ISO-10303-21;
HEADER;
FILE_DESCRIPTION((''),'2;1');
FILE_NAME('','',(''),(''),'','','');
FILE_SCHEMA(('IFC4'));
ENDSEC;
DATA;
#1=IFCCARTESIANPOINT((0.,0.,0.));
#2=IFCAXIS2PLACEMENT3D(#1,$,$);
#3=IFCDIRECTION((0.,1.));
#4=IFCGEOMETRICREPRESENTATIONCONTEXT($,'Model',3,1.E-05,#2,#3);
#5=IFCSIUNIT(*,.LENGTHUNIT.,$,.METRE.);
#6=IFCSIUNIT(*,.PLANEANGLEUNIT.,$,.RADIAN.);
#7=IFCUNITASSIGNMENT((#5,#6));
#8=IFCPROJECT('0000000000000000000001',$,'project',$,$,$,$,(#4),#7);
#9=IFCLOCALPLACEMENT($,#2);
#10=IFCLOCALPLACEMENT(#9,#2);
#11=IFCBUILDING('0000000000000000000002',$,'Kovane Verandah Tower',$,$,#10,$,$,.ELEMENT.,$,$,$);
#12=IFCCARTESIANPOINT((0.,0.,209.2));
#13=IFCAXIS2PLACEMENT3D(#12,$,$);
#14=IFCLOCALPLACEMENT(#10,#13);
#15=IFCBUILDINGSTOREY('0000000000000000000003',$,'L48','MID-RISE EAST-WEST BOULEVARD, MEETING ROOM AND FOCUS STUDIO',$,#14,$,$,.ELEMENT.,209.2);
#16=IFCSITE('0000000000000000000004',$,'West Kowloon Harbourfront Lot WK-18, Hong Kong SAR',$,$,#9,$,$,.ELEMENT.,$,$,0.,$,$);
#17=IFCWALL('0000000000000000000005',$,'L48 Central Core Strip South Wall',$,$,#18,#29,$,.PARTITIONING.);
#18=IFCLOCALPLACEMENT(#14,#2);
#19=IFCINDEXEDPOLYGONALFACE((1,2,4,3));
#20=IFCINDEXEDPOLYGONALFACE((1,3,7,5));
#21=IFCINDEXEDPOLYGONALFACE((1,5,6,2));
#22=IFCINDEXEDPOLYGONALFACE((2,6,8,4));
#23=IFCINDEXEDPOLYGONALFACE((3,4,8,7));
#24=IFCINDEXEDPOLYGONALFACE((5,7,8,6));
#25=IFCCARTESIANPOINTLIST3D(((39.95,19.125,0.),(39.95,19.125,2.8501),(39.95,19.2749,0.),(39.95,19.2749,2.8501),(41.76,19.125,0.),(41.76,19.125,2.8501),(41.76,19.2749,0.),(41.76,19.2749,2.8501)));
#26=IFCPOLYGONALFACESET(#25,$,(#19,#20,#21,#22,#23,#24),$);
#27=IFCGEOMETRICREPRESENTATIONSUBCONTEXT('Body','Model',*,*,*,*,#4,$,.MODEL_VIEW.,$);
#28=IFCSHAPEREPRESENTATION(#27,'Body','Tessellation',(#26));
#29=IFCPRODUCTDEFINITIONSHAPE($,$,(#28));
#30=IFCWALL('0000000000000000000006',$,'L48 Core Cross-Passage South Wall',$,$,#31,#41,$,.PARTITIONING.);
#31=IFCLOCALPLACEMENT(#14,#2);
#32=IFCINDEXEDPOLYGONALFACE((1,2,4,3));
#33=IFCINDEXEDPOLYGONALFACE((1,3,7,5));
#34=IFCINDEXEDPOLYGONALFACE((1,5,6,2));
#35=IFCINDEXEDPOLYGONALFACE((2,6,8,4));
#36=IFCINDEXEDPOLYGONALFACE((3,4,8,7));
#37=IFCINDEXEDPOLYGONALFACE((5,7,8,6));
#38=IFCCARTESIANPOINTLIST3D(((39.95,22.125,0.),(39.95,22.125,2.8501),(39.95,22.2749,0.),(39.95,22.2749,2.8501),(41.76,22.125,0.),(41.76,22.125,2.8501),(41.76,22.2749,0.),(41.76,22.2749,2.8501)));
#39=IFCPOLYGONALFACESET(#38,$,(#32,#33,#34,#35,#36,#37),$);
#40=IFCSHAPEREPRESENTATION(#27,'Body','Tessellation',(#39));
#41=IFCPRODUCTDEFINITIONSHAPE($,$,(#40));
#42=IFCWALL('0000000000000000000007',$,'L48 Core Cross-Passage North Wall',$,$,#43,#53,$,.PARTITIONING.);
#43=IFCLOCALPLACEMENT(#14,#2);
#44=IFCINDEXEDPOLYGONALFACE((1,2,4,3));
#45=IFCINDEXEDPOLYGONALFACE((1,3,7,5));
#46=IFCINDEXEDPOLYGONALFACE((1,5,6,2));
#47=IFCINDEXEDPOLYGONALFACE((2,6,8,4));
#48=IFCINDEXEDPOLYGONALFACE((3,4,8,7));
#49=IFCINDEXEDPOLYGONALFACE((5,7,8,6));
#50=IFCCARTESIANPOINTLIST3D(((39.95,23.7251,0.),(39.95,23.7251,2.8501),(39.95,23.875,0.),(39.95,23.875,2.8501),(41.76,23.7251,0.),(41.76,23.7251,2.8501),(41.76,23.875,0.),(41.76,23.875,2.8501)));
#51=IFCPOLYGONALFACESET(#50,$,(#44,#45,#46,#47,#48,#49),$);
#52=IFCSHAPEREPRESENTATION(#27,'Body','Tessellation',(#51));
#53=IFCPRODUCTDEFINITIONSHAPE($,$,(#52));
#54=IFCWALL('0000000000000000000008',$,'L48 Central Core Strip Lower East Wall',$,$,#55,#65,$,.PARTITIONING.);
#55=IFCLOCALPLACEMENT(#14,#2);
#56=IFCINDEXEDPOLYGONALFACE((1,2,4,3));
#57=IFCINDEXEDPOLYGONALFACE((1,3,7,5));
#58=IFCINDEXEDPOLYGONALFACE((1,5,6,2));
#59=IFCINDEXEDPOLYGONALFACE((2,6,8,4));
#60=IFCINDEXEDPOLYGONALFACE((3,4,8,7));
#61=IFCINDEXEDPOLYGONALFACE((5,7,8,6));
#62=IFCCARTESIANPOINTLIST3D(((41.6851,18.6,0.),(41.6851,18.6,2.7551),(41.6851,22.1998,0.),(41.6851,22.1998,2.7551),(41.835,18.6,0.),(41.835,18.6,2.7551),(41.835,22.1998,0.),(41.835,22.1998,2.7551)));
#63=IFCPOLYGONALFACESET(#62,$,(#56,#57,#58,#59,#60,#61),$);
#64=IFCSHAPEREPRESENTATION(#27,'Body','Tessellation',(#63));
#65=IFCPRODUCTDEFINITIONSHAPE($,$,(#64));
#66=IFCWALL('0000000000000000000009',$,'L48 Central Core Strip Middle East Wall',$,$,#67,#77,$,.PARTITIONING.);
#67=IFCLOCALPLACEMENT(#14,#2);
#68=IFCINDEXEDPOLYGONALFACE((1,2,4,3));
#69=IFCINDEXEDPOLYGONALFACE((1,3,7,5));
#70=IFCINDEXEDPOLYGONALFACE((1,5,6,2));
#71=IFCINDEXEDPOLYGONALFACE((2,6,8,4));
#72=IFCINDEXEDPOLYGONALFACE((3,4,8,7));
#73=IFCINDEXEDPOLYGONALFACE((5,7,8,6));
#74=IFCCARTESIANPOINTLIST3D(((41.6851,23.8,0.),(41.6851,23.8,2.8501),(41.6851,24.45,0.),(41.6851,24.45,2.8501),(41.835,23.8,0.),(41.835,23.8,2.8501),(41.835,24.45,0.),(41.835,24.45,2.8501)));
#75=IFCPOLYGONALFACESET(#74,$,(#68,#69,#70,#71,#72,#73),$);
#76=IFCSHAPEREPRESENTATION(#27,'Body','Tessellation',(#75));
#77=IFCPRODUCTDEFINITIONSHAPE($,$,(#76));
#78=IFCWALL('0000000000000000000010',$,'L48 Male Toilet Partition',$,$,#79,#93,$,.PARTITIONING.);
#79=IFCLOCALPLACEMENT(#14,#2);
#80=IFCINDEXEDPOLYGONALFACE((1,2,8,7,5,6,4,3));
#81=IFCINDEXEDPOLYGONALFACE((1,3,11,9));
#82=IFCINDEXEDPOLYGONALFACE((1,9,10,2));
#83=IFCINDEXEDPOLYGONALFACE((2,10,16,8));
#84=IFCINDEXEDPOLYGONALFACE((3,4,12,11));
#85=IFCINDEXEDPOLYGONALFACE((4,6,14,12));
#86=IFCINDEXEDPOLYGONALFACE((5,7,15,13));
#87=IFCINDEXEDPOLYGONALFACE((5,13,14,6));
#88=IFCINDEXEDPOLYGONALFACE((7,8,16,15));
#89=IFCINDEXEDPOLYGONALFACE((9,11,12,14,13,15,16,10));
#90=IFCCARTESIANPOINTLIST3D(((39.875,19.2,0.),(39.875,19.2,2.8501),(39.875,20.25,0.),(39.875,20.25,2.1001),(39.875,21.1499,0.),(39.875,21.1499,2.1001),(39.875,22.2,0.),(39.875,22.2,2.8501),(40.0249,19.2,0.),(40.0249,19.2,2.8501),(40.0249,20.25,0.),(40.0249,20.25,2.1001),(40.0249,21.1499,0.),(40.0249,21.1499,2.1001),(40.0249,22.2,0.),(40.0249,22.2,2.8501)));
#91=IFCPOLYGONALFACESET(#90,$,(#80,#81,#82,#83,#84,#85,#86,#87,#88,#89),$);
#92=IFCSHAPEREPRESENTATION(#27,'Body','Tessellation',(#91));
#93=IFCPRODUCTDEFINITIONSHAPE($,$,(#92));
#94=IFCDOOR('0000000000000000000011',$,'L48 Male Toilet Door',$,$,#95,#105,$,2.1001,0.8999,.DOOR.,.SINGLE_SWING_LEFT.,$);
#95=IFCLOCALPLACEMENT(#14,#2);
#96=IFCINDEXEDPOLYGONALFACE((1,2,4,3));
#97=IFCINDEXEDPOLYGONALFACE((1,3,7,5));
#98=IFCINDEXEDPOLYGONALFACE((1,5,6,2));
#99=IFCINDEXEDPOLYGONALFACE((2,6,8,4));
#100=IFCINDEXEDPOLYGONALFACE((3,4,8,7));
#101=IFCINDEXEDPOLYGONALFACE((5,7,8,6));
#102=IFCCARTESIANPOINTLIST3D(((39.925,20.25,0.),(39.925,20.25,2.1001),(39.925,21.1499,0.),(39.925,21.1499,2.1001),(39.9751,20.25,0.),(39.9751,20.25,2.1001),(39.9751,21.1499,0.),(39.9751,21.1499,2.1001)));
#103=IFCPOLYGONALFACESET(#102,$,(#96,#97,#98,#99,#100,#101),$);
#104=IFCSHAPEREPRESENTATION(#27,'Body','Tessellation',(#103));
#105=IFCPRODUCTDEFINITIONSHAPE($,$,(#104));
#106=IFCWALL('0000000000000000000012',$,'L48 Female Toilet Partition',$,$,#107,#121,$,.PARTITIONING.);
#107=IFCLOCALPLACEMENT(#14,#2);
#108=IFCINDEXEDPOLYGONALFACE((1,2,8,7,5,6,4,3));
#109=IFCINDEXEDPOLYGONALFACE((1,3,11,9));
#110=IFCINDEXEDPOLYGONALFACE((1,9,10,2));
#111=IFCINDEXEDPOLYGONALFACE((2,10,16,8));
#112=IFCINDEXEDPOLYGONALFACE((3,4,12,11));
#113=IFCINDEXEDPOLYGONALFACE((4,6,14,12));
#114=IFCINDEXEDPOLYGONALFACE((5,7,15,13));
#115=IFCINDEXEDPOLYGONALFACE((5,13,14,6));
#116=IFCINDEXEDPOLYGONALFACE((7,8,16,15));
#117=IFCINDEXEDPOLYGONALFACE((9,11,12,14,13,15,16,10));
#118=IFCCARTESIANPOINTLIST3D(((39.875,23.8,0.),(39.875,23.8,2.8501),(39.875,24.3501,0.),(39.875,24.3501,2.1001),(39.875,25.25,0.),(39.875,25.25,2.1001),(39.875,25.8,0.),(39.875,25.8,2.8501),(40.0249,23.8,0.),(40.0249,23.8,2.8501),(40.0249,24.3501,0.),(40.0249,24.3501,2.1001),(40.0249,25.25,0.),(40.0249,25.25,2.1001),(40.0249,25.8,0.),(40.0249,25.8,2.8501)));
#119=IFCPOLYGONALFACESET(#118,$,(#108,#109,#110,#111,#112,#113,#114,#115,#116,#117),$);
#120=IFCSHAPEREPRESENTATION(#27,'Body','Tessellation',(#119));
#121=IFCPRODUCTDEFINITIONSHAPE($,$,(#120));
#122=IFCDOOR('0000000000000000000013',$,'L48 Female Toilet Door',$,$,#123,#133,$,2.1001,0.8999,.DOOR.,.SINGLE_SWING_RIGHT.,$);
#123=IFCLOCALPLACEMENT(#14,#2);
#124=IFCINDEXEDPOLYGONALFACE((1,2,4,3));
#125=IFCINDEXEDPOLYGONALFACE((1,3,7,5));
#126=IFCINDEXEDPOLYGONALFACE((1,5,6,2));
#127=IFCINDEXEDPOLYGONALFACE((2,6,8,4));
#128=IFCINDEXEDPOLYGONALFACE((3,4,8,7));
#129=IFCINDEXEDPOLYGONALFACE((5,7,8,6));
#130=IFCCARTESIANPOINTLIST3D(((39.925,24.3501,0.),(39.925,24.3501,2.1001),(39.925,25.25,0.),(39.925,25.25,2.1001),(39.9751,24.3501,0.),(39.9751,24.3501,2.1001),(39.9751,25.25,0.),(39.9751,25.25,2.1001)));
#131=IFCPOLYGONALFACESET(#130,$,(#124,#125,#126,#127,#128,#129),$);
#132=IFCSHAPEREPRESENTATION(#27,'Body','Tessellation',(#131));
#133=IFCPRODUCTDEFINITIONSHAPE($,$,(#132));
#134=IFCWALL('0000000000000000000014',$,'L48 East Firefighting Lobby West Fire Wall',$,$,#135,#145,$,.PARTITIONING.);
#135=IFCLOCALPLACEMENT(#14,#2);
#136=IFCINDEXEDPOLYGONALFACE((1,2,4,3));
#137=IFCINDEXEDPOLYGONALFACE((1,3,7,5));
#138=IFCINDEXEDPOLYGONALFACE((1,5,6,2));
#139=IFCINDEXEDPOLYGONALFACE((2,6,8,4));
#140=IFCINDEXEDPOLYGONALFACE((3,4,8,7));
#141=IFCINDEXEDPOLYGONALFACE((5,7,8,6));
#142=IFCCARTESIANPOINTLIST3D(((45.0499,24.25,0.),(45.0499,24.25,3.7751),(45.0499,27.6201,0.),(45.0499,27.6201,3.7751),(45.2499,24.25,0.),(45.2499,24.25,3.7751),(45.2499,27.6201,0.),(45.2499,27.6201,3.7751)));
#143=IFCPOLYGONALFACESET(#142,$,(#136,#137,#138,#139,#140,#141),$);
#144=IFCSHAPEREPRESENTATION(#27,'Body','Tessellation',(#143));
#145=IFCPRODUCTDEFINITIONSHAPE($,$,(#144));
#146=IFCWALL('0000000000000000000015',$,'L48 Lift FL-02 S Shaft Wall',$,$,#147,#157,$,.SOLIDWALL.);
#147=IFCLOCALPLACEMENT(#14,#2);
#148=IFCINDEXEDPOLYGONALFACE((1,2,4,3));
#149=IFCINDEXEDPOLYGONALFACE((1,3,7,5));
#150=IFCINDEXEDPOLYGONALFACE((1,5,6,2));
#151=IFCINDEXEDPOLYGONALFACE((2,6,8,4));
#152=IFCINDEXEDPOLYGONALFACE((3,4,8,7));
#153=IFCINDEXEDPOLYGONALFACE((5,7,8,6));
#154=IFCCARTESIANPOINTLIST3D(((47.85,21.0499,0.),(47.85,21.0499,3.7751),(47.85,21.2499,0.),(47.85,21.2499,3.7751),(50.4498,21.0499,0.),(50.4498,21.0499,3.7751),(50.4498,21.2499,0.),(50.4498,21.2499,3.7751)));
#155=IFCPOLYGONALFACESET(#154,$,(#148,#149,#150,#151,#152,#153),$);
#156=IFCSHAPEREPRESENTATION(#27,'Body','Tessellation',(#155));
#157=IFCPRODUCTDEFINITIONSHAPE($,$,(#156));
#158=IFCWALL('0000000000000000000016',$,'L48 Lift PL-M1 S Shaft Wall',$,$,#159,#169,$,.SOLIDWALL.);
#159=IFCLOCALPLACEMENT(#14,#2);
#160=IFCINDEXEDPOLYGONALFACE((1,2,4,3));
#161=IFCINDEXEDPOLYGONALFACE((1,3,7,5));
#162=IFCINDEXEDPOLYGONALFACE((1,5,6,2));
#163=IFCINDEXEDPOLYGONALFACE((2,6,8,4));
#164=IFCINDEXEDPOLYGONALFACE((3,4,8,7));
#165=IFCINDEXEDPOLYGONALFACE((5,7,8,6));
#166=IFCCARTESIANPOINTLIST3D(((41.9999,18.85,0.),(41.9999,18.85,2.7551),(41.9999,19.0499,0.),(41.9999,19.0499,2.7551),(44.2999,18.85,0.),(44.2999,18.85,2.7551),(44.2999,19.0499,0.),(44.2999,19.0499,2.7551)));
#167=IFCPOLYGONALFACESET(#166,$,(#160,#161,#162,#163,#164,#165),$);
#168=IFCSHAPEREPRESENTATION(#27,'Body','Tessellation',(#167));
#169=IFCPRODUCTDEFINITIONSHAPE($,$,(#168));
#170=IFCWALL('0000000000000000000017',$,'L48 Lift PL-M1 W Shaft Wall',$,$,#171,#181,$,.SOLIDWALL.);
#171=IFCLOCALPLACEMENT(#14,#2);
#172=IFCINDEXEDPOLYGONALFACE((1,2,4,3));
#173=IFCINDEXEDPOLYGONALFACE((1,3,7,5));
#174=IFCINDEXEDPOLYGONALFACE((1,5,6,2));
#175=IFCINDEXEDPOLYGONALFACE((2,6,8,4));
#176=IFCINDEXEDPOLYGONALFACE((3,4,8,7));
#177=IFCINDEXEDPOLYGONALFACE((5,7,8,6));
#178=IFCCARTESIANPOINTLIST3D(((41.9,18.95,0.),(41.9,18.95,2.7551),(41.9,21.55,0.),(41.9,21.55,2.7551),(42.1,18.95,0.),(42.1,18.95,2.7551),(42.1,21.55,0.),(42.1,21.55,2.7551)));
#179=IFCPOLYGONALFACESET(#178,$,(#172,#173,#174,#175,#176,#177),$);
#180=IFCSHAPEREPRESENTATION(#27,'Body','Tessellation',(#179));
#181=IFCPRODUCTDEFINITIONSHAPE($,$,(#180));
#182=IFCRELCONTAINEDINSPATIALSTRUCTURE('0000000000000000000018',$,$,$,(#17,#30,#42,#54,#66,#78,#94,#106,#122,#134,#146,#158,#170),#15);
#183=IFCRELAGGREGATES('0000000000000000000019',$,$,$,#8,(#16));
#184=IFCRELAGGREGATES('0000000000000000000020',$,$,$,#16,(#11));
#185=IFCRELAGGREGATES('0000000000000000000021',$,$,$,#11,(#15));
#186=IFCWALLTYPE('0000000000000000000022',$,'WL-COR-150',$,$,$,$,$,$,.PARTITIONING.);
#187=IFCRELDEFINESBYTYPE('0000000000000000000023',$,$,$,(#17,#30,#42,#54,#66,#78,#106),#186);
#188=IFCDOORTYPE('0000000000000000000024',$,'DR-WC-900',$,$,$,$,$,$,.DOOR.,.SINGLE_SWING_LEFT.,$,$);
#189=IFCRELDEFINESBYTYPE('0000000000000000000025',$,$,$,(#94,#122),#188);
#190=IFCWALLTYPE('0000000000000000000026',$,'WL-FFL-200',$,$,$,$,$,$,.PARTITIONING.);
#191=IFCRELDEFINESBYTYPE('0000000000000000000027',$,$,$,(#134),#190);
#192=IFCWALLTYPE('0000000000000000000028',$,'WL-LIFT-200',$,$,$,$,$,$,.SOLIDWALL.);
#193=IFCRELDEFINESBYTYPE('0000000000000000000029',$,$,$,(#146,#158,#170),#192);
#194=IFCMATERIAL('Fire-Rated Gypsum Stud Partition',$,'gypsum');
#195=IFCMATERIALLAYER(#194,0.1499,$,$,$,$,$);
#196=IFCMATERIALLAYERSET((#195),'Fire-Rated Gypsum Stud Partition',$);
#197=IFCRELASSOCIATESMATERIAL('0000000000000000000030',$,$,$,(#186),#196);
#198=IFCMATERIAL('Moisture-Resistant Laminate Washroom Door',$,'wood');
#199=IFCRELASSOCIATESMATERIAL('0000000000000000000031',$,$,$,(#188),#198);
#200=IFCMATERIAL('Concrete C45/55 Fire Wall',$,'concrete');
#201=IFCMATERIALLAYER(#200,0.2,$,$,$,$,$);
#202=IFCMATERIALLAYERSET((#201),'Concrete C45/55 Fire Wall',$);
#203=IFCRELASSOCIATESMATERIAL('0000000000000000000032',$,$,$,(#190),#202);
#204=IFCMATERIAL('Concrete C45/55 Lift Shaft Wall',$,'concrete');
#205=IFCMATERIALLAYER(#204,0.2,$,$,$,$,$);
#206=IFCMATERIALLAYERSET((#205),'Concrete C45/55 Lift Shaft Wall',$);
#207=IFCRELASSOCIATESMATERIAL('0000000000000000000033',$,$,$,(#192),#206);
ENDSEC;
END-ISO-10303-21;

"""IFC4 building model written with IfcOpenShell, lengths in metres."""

from ifc_helpers import new_model, si_unit, direction, frame, frame_2d, origin, place, context, subcontext, project, spatial, rectangle, extrude, material, layer, layer_set, type_object, element, fill, save


model = new_model("IFC4")

# Units and contexts
model_context = context("Model", 3, precision=1e-05, world=origin(), true_north=direction((0.0, 1.0)))
body_context = subcontext(model_context, "Body", "Model", "MODEL_VIEW")
ifc_project = project(units=[si_unit("LENGTHUNIT", "METRE"), si_unit("PLANEANGLEUNIT", "RADIAN")], contexts=[model_context])

# Site, building, storey
site_placement = place(None, origin())
site = spatial("IfcSite", under=ifc_project, at=site_placement, Name="West Kowloon Harbourfront Lot WK-18, Hong Kong SAR", CompositionType="ELEMENT", RefElevation=0.0)
building_placement = place(site_placement, origin())
building = spatial("IfcBuilding", under=site, at=building_placement, Name="Kovane Verandah Tower", CompositionType="ELEMENT")
storey_placement = place(building_placement, frame((0.0, 0.0, 209.2)))
storey = spatial("IfcBuildingStorey", under=building, at=storey_placement, Name="L48", Description="MID-RISE EAST-WEST BOULEVARD, MEETING ROOM AND FOCUS STUDIO", CompositionType="ELEMENT", Elevation=209.2)

# Walls
ifc_material_1 = material(Name="Fire-Rated Gypsum Stud Partition", Category="gypsum")
ifc_layer_1 = layer(ifc_material_1, 0.1499)
ifc_layer_set_1 = layer_set([ifc_layer_1], Name="Fire-Rated Gypsum Stud Partition")
wall_type_1 = type_object("IfcWallType", Name="WL-COR-150", PredefinedType="PARTITIONING", material=ifc_layer_set_1)
for number, where, z_axis, x_axis, name in (
    (1, (39.95, 19.2, 0.0), (0.0, 0.0, 1.0), (1.0, 0.0, 0.0), "L48 Central Core Strip South Wall"),
    (2, (39.95, 22.2, 0.0), (0.0, 0.0, 1.0), (1.0, 0.0, 0.0), "L48 Core Cross-Passage South Wall"),
    (3, (39.95, 23.8, 0.0), (0.0, 0.0, 1.0), (1.0, 0.0, 0.0), "L48 Core Cross-Passage North Wall"),
):
    element("IfcWall", number, at=place(storey_placement, frame(where, z_axis=z_axis, x_axis=x_axis)), inside=storey, type_object=wall_type_1, Name=name, PredefinedType="PARTITIONING", context=body_context, shape_type="SweptSolid", body=[
        extrude(rectangle(XDim=1.8101, YDim=0.1499, at=frame_2d((0.905, 0.0))), origin(), (0.0, 0.0, 1.0), 2.8501),
    ])
wall_1_placement = place(storey_placement, frame((41.76, 18.6001, 0.0), z_axis=(0.0, 0.0, 1.0), x_axis=(0.0, 1.0, 0.0)))
element("IfcWall", 4, at=wall_1_placement, inside=storey, type_object=wall_type_1, Name="L48 Central Core Strip Lower East Wall", PredefinedType="PARTITIONING", context=body_context, shape_type="SweptSolid", body=[
    extrude(rectangle(XDim=3.5999, YDim=0.1499, at=frame_2d((1.7998, 0.0))), origin(), (0.0, 0.0, 1.0), 2.7551),
])
wall_2_placement = place(storey_placement, frame((41.76, 23.8, 0.0), z_axis=(0.0, 0.0, 1.0), x_axis=(0.0, 1.0, 0.0)))
element("IfcWall", 5, at=wall_2_placement, inside=storey, type_object=wall_type_1, Name="L48 Central Core Strip Middle East Wall", PredefinedType="PARTITIONING", context=body_context, shape_type="SweptSolid", body=[
    extrude(rectangle(XDim=0.6499, YDim=0.1499, at=frame_2d((0.325, 0.0))), origin(), (0.0, 0.0, 1.0), 2.8501),
])

# Walls, openings, doors
wall_3_placement = place(storey_placement, frame((39.95, 19.2, 0.0), z_axis=(0.0, 0.0, 1.0), x_axis=(0.0, 1.0, 0.0)))
wall_3 = element("IfcWall", 6, at=wall_3_placement, inside=storey, type_object=wall_type_1, Name="L48 Male Toilet Partition", PredefinedType="PARTITIONING", context=body_context, shape_type="SweptSolid", body=[
    extrude(rectangle(XDim=3.0, YDim=0.1499, at=frame_2d((1.5, 0.0))), origin(), (0.0, 0.0, 1.0), 2.8501),
])
opening_1_placement = place(wall_3_placement, frame((1.05, 0.0, 0.0)))
opening_1 = element("IfcOpeningElement", 7, at=opening_1_placement, cuts=wall_3, PredefinedType="OPENING", context=body_context, shape_type="SweptSolid", body=[
    extrude(rectangle(XDim=0.8999, YDim=2.1001, at=frame_2d((0.45, 1.05))), frame((0.0, 0.075, 0.0), z_axis=(0.0, -1.0, 0.0), x_axis=(1.0, 0.0, 0.0)), (0.0, 0.0, 1.0), 0.1499),
])
ifc_material_2 = material(Name="Moisture-Resistant Laminate Washroom Door", Category="wood")
door_type_1 = type_object("IfcDoorType", Name="DR-WC-900", OperationType="SINGLE_SWING_LEFT", PredefinedType="DOOR", material=ifc_material_2)
door_1_placement = place(opening_1_placement, origin())
door_1 = element("IfcDoor", 8, at=door_1_placement, inside=storey, type_object=door_type_1, Name="L48 Male Toilet Door", OperationType="SINGLE_SWING_LEFT", OverallHeight=2.1001, OverallWidth=0.8999, PredefinedType="DOOR", context=body_context, shape_type="SweptSolid", body=[
    extrude(rectangle(XDim=0.8999, YDim=2.1001, at=frame_2d((0.45, 1.05))), frame((0.0, 0.0249, 0.0), z_axis=(0.0, -1.0, 0.0), x_axis=(1.0, 0.0, 0.0)), (0.0, 0.0, 1.0), 0.05),
])
fill(opening_1, door_1)
wall_4_placement = place(storey_placement, frame((39.95, 23.8, 0.0), z_axis=(0.0, 0.0, 1.0), x_axis=(0.0, 1.0, 0.0)))
wall_4 = element("IfcWall", 9, at=wall_4_placement, inside=storey, type_object=wall_type_1, Name="L48 Female Toilet Partition", PredefinedType="PARTITIONING", context=body_context, shape_type="SweptSolid", body=[
    extrude(rectangle(XDim=2.0, YDim=0.1499, at=frame_2d((1.0, 0.0))), origin(), (0.0, 0.0, 1.0), 2.8501),
])
opening_2_placement = place(wall_4_placement, frame((0.55, 0.0, 0.0)))
opening_2 = element("IfcOpeningElement", 10, at=opening_2_placement, cuts=wall_4, PredefinedType="OPENING", context=body_context, shape_type="SweptSolid", body=[
    extrude(rectangle(XDim=0.8999, YDim=2.1001, at=frame_2d((0.45, 1.05))), frame((0.0, 0.075, 0.0), z_axis=(0.0, -1.0, 0.0), x_axis=(1.0, 0.0, 0.0)), (0.0, 0.0, 1.0), 0.1499),
])
door_2_placement = place(opening_2_placement, origin())
door_2 = element("IfcDoor", 11, at=door_2_placement, inside=storey, type_object=door_type_1, Name="L48 Female Toilet Door", OperationType="SINGLE_SWING_RIGHT", OverallHeight=2.1001, OverallWidth=0.8999, PredefinedType="DOOR", context=body_context, shape_type="SweptSolid", body=[
    extrude(rectangle(XDim=0.8999, YDim=2.1001, at=frame_2d((0.45, 1.05))), frame((0.0, 0.0249, 0.0), z_axis=(0.0, -1.0, 0.0), x_axis=(1.0, 0.0, 0.0)), (0.0, 0.0, 1.0), 0.05),
])
fill(opening_2, door_2)

# Wall
ifc_material_3 = material(Name="Concrete C45/55 Fire Wall", Category="concrete")
ifc_layer_2 = layer(ifc_material_3, 0.2)
ifc_layer_set_2 = layer_set([ifc_layer_2], Name="Concrete C45/55 Fire Wall")
wall_type_2 = type_object("IfcWallType", Name="WL-FFL-200", PredefinedType="PARTITIONING", material=ifc_layer_set_2)
wall_5_placement = place(storey_placement, frame((45.1499, 24.25, 0.0), z_axis=(0.0, 0.0, 1.0), x_axis=(0.0, 1.0, 0.0)))
element("IfcWall", 12, at=wall_5_placement, inside=storey, type_object=wall_type_2, Name="L48 East Firefighting Lobby West Fire Wall", PredefinedType="PARTITIONING", context=body_context, shape_type="SweptSolid", body=[
    extrude(rectangle(XDim=3.3701, YDim=0.2, at=frame_2d((1.6851, 0.0))), origin(), (0.0, 0.0, 1.0), 3.7751),
])

# Walls
ifc_material_4 = material(Name="Concrete C45/55 Lift Shaft Wall", Category="concrete")
ifc_layer_3 = layer(ifc_material_4, 0.2)
ifc_layer_set_3 = layer_set([ifc_layer_3], Name="Concrete C45/55 Lift Shaft Wall")
wall_type_3 = type_object("IfcWallType", Name="WL-LIFT-200", PredefinedType="SOLIDWALL", material=ifc_layer_set_3)
wall_6_placement = place(storey_placement, frame((47.8501, 21.1499, 0.0), z_axis=(0.0, 0.0, 1.0), x_axis=(1.0, 0.0, 0.0)))
element("IfcWall", 13, at=wall_6_placement, inside=storey, type_object=wall_type_3, Name="L48 Lift FL-02 S Shaft Wall", PredefinedType="SOLIDWALL", context=body_context, shape_type="SweptSolid", body=[
    extrude(rectangle(XDim=2.5999, YDim=0.2, at=frame_2d((1.2998, 0.0))), origin(), (0.0, 0.0, 1.0), 3.7751),
])
wall_7_placement = place(storey_placement, frame((42.0, 18.95, 0.0), z_axis=(0.0, 0.0, 1.0), x_axis=(1.0, 0.0, 0.0)))
element("IfcWall", 14, at=wall_7_placement, inside=storey, type_object=wall_type_3, Name="L48 Lift PL-M1 S Shaft Wall", PredefinedType="SOLIDWALL", context=body_context, shape_type="SweptSolid", body=[
    extrude(rectangle(XDim=2.3, YDim=0.2, at=frame_2d((1.1499, 0.0))), origin(), (0.0, 0.0, 1.0), 2.7551),
])

# Wall
wall_8_placement = place(storey_placement, frame((42.0, 21.55, 0.0), z_axis=(0.0, 0.0, 1.0), x_axis=(0.0, -1.0, 0.0)))
element("IfcWall", 15, at=wall_8_placement, inside=storey, type_object=wall_type_3, Name="L48 Lift PL-M1 W Shaft Wall", PredefinedType="SOLIDWALL", context=body_context, shape_type="SweptSolid", body=[
    extrude(rectangle(XDim=2.6001, YDim=0.2, at=frame_2d((1.3, 0.0))), origin(), (0.0, 0.0, 1.0), 2.7551),
])

save(model, "model.ifc")
